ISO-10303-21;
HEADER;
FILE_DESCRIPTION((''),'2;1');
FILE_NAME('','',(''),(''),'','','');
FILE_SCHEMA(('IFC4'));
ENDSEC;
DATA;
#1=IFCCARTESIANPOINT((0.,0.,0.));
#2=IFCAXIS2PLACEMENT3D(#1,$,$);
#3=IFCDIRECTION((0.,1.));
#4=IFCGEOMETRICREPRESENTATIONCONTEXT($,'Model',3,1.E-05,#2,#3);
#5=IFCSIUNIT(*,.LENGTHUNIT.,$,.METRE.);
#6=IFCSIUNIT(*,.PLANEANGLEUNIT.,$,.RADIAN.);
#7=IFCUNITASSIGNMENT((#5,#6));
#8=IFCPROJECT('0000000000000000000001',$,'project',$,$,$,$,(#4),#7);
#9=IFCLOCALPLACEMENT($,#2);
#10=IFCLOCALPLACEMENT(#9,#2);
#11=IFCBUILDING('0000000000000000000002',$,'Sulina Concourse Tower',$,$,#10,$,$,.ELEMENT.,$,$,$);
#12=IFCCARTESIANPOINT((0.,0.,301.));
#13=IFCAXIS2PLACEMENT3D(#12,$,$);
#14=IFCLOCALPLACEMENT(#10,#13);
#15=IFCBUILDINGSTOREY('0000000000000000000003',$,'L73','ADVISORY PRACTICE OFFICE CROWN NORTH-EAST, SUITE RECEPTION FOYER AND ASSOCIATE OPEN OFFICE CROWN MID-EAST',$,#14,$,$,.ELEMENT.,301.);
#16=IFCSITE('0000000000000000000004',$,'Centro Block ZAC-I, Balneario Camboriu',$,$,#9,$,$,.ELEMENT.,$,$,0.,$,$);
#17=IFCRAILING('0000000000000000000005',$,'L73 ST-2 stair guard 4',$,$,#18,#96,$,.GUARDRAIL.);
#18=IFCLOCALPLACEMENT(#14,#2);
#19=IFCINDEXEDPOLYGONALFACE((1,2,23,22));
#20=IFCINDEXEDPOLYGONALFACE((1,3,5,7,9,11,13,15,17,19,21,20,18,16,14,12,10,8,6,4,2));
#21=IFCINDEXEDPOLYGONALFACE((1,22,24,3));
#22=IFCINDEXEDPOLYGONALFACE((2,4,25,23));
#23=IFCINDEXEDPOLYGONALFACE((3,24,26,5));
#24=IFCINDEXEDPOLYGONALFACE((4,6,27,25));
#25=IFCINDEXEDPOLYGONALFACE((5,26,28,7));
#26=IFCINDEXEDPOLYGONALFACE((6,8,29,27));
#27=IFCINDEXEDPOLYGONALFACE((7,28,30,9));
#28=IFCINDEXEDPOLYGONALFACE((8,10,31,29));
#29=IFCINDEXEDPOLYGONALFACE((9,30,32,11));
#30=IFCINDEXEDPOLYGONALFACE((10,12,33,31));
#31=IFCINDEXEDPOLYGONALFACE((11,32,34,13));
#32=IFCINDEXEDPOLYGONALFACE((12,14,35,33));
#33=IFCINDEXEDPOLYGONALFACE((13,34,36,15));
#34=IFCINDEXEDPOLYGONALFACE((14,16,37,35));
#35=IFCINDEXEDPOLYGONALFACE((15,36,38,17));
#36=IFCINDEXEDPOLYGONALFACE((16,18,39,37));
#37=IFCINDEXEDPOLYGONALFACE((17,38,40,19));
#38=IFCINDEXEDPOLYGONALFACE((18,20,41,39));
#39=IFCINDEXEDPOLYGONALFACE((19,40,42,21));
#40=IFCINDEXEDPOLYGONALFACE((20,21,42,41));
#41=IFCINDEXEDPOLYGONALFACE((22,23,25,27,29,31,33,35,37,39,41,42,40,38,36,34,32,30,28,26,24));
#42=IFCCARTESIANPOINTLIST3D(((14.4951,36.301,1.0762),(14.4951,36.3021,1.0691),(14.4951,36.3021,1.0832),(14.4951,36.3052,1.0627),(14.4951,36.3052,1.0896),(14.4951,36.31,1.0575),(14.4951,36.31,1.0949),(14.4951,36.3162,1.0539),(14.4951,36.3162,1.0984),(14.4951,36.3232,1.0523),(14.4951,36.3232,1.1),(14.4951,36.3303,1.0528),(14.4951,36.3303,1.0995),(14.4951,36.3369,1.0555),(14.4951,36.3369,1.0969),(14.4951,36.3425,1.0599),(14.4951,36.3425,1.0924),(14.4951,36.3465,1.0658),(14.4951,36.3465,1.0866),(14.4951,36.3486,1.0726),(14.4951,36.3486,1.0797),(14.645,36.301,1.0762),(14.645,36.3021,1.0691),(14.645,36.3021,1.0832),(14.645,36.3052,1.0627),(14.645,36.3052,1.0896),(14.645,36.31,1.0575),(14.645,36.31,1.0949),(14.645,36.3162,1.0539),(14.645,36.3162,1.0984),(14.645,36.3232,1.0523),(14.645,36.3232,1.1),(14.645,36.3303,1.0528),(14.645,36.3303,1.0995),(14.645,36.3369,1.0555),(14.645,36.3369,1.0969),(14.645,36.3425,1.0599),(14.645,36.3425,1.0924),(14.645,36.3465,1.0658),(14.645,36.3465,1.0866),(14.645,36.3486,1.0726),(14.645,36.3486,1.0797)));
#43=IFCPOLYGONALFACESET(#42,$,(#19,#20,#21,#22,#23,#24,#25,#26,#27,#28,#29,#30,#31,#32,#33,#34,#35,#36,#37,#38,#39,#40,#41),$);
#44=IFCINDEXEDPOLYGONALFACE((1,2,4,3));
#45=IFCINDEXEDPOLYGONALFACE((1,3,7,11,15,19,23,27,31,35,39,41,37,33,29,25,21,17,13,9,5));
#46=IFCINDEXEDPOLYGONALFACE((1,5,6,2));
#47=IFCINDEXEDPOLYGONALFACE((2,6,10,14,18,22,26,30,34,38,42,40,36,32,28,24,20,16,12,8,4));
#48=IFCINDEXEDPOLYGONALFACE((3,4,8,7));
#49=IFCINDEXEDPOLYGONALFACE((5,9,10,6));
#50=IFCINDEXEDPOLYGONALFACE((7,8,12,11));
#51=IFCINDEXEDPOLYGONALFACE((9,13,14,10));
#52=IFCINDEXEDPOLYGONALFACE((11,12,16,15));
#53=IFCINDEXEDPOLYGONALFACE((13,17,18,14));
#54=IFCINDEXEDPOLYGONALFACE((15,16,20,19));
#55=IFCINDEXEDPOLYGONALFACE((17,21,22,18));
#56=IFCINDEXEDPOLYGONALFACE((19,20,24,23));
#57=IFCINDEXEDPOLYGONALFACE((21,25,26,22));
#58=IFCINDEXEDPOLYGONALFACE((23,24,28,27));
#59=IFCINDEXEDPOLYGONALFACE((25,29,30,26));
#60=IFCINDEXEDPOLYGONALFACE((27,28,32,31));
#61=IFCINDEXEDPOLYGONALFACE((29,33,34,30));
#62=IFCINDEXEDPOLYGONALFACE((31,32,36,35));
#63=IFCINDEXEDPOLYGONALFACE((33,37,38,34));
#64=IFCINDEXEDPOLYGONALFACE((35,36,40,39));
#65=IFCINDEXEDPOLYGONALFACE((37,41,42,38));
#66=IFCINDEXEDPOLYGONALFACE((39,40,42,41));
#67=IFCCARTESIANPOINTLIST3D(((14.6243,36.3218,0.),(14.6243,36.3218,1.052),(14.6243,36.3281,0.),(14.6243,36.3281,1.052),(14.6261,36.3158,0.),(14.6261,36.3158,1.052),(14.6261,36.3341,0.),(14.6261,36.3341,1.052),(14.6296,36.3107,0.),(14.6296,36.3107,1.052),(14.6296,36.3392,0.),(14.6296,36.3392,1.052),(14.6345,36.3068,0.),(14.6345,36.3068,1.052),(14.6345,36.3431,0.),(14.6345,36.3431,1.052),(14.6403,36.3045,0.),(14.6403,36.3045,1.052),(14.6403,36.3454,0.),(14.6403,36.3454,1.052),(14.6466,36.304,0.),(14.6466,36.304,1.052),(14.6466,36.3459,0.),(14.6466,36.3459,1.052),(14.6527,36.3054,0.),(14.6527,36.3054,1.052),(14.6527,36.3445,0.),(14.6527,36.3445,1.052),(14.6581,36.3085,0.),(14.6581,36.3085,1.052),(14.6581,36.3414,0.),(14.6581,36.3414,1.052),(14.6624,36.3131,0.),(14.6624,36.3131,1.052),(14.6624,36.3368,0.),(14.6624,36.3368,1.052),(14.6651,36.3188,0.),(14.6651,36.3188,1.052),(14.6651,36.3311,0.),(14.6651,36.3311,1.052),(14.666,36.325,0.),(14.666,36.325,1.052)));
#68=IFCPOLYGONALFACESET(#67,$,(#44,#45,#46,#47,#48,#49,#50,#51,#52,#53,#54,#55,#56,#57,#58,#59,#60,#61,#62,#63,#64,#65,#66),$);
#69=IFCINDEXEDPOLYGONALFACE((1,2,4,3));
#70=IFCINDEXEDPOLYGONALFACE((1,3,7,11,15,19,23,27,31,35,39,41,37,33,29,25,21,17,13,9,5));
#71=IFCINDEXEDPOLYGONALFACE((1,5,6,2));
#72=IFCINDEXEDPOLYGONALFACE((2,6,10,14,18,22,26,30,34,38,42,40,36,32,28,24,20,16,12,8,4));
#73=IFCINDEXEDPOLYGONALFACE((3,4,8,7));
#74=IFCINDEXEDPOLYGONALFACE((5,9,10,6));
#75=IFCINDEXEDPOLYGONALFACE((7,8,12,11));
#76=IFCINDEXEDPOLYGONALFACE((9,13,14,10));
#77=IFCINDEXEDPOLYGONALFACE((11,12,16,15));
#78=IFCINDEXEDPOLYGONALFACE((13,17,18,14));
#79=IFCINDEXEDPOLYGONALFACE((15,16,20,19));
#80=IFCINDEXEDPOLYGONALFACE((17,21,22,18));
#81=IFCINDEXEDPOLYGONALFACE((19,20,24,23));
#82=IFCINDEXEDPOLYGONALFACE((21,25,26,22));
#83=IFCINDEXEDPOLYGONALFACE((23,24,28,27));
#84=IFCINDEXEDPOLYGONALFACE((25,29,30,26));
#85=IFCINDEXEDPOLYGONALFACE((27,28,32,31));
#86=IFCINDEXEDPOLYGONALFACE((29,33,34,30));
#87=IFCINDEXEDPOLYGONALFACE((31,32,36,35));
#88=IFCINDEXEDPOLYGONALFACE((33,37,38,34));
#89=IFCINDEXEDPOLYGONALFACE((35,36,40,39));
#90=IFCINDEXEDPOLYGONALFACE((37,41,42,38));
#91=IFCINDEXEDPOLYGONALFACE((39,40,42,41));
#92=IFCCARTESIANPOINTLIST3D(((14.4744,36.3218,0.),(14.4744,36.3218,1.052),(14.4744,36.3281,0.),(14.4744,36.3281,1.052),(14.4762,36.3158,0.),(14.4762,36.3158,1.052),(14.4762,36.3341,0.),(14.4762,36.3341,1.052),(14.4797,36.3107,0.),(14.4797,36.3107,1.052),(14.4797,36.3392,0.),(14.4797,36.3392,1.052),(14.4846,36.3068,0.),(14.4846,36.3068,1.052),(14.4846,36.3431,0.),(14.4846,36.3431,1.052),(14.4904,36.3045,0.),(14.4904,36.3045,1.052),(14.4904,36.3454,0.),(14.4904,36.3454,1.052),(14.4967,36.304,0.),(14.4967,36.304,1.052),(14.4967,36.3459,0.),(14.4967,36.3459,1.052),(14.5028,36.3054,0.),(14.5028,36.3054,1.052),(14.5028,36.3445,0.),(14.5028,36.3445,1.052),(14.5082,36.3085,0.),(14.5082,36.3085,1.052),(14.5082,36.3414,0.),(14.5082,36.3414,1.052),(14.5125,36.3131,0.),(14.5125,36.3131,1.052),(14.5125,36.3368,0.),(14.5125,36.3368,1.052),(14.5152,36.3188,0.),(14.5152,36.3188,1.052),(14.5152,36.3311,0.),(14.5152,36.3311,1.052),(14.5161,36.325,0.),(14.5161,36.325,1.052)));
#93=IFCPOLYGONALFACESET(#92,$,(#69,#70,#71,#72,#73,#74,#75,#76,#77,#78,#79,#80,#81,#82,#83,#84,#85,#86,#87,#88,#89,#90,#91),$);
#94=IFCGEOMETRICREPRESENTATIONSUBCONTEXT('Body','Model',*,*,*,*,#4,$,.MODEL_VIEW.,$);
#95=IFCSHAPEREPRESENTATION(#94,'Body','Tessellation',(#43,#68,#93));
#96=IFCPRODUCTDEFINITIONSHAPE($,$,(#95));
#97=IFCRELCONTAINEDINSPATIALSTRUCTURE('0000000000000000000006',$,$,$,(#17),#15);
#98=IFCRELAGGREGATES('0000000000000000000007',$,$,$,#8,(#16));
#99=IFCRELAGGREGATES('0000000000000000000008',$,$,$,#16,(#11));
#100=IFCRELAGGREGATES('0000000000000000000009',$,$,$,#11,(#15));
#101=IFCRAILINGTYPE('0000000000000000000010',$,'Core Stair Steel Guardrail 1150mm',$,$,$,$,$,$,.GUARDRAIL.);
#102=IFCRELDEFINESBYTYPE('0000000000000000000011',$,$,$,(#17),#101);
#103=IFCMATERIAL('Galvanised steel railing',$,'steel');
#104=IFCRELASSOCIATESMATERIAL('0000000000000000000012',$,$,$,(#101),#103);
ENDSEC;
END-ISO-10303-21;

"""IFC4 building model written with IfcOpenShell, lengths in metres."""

from ifc_helpers import new_model, si_unit, direction, frame, origin, origin_2d, place, context, subcontext, project, spatial, circle, extrude, material, type_object, element, save


model = new_model("IFC4")

# Units and contexts
model_context = context("Model", 3, precision=1e-05, world=origin(), true_north=direction((0.0, 1.0)))
body_context = subcontext(model_context, "Body", "Model", "MODEL_VIEW")
ifc_project = project(units=[si_unit("LENGTHUNIT", "METRE"), si_unit("PLANEANGLEUNIT", "RADIAN")], contexts=[model_context])

# Site, building, storey
site_placement = place(None, origin())
site = spatial("IfcSite", under=ifc_project, at=site_placement, Name="Centro Block ZAC-I, Balneario Camboriu", CompositionType="ELEMENT", RefElevation=0.0)
building_placement = place(site_placement, origin())
building = spatial("IfcBuilding", under=site, at=building_placement, Name="Sulina Concourse Tower", CompositionType="ELEMENT")
storey_placement = place(building_placement, frame((0.0, 0.0, 301.0)))
storey = spatial("IfcBuildingStorey", under=building, at=storey_placement, Name="L73", Description="ADVISORY PRACTICE OFFICE CROWN NORTH-EAST, SUITE RECEPTION FOYER AND ASSOCIATE OPEN OFFICE CROWN MID-EAST", CompositionType="ELEMENT", Elevation=301.0)

# Railing
ifc_material_1 = material(Name="Galvanised steel railing", Category="steel")
railing_type_1 = type_object("IfcRailingType", Name="Core Stair Steel Guardrail 1150mm", PredefinedType="GUARDRAIL", material=ifc_material_1)
railing_1_placement = place(storey_placement, frame((14.645, 36.325, 0.0)))
element("IfcRailing", 1, at=railing_1_placement, inside=storey, type_object=railing_type_1, Name="L73 ST-2 stair guard 4", PredefinedType="GUARDRAIL", context=body_context, shape_type="SweptSolid", body=[
    extrude(circle(Radius=0.0239, at=origin_2d()), frame((0.0, 0.0, 1.0762), z_axis=(-1.0, 0.0, 0.0), x_axis=(0.0, -1.0, 0.0)), (0.0, 0.0, 1.0), 0.1499),
    extrude(circle(Radius=0.021, at=origin_2d()), origin(), (0.0, 0.0, 1.0), 1.052),
    extrude(circle(Radius=0.021, at=origin_2d()), frame((-0.1499, 0.0, 0.0)), (0.0, 0.0, 1.0), 1.052),
])

save(model, "model.ifc")
